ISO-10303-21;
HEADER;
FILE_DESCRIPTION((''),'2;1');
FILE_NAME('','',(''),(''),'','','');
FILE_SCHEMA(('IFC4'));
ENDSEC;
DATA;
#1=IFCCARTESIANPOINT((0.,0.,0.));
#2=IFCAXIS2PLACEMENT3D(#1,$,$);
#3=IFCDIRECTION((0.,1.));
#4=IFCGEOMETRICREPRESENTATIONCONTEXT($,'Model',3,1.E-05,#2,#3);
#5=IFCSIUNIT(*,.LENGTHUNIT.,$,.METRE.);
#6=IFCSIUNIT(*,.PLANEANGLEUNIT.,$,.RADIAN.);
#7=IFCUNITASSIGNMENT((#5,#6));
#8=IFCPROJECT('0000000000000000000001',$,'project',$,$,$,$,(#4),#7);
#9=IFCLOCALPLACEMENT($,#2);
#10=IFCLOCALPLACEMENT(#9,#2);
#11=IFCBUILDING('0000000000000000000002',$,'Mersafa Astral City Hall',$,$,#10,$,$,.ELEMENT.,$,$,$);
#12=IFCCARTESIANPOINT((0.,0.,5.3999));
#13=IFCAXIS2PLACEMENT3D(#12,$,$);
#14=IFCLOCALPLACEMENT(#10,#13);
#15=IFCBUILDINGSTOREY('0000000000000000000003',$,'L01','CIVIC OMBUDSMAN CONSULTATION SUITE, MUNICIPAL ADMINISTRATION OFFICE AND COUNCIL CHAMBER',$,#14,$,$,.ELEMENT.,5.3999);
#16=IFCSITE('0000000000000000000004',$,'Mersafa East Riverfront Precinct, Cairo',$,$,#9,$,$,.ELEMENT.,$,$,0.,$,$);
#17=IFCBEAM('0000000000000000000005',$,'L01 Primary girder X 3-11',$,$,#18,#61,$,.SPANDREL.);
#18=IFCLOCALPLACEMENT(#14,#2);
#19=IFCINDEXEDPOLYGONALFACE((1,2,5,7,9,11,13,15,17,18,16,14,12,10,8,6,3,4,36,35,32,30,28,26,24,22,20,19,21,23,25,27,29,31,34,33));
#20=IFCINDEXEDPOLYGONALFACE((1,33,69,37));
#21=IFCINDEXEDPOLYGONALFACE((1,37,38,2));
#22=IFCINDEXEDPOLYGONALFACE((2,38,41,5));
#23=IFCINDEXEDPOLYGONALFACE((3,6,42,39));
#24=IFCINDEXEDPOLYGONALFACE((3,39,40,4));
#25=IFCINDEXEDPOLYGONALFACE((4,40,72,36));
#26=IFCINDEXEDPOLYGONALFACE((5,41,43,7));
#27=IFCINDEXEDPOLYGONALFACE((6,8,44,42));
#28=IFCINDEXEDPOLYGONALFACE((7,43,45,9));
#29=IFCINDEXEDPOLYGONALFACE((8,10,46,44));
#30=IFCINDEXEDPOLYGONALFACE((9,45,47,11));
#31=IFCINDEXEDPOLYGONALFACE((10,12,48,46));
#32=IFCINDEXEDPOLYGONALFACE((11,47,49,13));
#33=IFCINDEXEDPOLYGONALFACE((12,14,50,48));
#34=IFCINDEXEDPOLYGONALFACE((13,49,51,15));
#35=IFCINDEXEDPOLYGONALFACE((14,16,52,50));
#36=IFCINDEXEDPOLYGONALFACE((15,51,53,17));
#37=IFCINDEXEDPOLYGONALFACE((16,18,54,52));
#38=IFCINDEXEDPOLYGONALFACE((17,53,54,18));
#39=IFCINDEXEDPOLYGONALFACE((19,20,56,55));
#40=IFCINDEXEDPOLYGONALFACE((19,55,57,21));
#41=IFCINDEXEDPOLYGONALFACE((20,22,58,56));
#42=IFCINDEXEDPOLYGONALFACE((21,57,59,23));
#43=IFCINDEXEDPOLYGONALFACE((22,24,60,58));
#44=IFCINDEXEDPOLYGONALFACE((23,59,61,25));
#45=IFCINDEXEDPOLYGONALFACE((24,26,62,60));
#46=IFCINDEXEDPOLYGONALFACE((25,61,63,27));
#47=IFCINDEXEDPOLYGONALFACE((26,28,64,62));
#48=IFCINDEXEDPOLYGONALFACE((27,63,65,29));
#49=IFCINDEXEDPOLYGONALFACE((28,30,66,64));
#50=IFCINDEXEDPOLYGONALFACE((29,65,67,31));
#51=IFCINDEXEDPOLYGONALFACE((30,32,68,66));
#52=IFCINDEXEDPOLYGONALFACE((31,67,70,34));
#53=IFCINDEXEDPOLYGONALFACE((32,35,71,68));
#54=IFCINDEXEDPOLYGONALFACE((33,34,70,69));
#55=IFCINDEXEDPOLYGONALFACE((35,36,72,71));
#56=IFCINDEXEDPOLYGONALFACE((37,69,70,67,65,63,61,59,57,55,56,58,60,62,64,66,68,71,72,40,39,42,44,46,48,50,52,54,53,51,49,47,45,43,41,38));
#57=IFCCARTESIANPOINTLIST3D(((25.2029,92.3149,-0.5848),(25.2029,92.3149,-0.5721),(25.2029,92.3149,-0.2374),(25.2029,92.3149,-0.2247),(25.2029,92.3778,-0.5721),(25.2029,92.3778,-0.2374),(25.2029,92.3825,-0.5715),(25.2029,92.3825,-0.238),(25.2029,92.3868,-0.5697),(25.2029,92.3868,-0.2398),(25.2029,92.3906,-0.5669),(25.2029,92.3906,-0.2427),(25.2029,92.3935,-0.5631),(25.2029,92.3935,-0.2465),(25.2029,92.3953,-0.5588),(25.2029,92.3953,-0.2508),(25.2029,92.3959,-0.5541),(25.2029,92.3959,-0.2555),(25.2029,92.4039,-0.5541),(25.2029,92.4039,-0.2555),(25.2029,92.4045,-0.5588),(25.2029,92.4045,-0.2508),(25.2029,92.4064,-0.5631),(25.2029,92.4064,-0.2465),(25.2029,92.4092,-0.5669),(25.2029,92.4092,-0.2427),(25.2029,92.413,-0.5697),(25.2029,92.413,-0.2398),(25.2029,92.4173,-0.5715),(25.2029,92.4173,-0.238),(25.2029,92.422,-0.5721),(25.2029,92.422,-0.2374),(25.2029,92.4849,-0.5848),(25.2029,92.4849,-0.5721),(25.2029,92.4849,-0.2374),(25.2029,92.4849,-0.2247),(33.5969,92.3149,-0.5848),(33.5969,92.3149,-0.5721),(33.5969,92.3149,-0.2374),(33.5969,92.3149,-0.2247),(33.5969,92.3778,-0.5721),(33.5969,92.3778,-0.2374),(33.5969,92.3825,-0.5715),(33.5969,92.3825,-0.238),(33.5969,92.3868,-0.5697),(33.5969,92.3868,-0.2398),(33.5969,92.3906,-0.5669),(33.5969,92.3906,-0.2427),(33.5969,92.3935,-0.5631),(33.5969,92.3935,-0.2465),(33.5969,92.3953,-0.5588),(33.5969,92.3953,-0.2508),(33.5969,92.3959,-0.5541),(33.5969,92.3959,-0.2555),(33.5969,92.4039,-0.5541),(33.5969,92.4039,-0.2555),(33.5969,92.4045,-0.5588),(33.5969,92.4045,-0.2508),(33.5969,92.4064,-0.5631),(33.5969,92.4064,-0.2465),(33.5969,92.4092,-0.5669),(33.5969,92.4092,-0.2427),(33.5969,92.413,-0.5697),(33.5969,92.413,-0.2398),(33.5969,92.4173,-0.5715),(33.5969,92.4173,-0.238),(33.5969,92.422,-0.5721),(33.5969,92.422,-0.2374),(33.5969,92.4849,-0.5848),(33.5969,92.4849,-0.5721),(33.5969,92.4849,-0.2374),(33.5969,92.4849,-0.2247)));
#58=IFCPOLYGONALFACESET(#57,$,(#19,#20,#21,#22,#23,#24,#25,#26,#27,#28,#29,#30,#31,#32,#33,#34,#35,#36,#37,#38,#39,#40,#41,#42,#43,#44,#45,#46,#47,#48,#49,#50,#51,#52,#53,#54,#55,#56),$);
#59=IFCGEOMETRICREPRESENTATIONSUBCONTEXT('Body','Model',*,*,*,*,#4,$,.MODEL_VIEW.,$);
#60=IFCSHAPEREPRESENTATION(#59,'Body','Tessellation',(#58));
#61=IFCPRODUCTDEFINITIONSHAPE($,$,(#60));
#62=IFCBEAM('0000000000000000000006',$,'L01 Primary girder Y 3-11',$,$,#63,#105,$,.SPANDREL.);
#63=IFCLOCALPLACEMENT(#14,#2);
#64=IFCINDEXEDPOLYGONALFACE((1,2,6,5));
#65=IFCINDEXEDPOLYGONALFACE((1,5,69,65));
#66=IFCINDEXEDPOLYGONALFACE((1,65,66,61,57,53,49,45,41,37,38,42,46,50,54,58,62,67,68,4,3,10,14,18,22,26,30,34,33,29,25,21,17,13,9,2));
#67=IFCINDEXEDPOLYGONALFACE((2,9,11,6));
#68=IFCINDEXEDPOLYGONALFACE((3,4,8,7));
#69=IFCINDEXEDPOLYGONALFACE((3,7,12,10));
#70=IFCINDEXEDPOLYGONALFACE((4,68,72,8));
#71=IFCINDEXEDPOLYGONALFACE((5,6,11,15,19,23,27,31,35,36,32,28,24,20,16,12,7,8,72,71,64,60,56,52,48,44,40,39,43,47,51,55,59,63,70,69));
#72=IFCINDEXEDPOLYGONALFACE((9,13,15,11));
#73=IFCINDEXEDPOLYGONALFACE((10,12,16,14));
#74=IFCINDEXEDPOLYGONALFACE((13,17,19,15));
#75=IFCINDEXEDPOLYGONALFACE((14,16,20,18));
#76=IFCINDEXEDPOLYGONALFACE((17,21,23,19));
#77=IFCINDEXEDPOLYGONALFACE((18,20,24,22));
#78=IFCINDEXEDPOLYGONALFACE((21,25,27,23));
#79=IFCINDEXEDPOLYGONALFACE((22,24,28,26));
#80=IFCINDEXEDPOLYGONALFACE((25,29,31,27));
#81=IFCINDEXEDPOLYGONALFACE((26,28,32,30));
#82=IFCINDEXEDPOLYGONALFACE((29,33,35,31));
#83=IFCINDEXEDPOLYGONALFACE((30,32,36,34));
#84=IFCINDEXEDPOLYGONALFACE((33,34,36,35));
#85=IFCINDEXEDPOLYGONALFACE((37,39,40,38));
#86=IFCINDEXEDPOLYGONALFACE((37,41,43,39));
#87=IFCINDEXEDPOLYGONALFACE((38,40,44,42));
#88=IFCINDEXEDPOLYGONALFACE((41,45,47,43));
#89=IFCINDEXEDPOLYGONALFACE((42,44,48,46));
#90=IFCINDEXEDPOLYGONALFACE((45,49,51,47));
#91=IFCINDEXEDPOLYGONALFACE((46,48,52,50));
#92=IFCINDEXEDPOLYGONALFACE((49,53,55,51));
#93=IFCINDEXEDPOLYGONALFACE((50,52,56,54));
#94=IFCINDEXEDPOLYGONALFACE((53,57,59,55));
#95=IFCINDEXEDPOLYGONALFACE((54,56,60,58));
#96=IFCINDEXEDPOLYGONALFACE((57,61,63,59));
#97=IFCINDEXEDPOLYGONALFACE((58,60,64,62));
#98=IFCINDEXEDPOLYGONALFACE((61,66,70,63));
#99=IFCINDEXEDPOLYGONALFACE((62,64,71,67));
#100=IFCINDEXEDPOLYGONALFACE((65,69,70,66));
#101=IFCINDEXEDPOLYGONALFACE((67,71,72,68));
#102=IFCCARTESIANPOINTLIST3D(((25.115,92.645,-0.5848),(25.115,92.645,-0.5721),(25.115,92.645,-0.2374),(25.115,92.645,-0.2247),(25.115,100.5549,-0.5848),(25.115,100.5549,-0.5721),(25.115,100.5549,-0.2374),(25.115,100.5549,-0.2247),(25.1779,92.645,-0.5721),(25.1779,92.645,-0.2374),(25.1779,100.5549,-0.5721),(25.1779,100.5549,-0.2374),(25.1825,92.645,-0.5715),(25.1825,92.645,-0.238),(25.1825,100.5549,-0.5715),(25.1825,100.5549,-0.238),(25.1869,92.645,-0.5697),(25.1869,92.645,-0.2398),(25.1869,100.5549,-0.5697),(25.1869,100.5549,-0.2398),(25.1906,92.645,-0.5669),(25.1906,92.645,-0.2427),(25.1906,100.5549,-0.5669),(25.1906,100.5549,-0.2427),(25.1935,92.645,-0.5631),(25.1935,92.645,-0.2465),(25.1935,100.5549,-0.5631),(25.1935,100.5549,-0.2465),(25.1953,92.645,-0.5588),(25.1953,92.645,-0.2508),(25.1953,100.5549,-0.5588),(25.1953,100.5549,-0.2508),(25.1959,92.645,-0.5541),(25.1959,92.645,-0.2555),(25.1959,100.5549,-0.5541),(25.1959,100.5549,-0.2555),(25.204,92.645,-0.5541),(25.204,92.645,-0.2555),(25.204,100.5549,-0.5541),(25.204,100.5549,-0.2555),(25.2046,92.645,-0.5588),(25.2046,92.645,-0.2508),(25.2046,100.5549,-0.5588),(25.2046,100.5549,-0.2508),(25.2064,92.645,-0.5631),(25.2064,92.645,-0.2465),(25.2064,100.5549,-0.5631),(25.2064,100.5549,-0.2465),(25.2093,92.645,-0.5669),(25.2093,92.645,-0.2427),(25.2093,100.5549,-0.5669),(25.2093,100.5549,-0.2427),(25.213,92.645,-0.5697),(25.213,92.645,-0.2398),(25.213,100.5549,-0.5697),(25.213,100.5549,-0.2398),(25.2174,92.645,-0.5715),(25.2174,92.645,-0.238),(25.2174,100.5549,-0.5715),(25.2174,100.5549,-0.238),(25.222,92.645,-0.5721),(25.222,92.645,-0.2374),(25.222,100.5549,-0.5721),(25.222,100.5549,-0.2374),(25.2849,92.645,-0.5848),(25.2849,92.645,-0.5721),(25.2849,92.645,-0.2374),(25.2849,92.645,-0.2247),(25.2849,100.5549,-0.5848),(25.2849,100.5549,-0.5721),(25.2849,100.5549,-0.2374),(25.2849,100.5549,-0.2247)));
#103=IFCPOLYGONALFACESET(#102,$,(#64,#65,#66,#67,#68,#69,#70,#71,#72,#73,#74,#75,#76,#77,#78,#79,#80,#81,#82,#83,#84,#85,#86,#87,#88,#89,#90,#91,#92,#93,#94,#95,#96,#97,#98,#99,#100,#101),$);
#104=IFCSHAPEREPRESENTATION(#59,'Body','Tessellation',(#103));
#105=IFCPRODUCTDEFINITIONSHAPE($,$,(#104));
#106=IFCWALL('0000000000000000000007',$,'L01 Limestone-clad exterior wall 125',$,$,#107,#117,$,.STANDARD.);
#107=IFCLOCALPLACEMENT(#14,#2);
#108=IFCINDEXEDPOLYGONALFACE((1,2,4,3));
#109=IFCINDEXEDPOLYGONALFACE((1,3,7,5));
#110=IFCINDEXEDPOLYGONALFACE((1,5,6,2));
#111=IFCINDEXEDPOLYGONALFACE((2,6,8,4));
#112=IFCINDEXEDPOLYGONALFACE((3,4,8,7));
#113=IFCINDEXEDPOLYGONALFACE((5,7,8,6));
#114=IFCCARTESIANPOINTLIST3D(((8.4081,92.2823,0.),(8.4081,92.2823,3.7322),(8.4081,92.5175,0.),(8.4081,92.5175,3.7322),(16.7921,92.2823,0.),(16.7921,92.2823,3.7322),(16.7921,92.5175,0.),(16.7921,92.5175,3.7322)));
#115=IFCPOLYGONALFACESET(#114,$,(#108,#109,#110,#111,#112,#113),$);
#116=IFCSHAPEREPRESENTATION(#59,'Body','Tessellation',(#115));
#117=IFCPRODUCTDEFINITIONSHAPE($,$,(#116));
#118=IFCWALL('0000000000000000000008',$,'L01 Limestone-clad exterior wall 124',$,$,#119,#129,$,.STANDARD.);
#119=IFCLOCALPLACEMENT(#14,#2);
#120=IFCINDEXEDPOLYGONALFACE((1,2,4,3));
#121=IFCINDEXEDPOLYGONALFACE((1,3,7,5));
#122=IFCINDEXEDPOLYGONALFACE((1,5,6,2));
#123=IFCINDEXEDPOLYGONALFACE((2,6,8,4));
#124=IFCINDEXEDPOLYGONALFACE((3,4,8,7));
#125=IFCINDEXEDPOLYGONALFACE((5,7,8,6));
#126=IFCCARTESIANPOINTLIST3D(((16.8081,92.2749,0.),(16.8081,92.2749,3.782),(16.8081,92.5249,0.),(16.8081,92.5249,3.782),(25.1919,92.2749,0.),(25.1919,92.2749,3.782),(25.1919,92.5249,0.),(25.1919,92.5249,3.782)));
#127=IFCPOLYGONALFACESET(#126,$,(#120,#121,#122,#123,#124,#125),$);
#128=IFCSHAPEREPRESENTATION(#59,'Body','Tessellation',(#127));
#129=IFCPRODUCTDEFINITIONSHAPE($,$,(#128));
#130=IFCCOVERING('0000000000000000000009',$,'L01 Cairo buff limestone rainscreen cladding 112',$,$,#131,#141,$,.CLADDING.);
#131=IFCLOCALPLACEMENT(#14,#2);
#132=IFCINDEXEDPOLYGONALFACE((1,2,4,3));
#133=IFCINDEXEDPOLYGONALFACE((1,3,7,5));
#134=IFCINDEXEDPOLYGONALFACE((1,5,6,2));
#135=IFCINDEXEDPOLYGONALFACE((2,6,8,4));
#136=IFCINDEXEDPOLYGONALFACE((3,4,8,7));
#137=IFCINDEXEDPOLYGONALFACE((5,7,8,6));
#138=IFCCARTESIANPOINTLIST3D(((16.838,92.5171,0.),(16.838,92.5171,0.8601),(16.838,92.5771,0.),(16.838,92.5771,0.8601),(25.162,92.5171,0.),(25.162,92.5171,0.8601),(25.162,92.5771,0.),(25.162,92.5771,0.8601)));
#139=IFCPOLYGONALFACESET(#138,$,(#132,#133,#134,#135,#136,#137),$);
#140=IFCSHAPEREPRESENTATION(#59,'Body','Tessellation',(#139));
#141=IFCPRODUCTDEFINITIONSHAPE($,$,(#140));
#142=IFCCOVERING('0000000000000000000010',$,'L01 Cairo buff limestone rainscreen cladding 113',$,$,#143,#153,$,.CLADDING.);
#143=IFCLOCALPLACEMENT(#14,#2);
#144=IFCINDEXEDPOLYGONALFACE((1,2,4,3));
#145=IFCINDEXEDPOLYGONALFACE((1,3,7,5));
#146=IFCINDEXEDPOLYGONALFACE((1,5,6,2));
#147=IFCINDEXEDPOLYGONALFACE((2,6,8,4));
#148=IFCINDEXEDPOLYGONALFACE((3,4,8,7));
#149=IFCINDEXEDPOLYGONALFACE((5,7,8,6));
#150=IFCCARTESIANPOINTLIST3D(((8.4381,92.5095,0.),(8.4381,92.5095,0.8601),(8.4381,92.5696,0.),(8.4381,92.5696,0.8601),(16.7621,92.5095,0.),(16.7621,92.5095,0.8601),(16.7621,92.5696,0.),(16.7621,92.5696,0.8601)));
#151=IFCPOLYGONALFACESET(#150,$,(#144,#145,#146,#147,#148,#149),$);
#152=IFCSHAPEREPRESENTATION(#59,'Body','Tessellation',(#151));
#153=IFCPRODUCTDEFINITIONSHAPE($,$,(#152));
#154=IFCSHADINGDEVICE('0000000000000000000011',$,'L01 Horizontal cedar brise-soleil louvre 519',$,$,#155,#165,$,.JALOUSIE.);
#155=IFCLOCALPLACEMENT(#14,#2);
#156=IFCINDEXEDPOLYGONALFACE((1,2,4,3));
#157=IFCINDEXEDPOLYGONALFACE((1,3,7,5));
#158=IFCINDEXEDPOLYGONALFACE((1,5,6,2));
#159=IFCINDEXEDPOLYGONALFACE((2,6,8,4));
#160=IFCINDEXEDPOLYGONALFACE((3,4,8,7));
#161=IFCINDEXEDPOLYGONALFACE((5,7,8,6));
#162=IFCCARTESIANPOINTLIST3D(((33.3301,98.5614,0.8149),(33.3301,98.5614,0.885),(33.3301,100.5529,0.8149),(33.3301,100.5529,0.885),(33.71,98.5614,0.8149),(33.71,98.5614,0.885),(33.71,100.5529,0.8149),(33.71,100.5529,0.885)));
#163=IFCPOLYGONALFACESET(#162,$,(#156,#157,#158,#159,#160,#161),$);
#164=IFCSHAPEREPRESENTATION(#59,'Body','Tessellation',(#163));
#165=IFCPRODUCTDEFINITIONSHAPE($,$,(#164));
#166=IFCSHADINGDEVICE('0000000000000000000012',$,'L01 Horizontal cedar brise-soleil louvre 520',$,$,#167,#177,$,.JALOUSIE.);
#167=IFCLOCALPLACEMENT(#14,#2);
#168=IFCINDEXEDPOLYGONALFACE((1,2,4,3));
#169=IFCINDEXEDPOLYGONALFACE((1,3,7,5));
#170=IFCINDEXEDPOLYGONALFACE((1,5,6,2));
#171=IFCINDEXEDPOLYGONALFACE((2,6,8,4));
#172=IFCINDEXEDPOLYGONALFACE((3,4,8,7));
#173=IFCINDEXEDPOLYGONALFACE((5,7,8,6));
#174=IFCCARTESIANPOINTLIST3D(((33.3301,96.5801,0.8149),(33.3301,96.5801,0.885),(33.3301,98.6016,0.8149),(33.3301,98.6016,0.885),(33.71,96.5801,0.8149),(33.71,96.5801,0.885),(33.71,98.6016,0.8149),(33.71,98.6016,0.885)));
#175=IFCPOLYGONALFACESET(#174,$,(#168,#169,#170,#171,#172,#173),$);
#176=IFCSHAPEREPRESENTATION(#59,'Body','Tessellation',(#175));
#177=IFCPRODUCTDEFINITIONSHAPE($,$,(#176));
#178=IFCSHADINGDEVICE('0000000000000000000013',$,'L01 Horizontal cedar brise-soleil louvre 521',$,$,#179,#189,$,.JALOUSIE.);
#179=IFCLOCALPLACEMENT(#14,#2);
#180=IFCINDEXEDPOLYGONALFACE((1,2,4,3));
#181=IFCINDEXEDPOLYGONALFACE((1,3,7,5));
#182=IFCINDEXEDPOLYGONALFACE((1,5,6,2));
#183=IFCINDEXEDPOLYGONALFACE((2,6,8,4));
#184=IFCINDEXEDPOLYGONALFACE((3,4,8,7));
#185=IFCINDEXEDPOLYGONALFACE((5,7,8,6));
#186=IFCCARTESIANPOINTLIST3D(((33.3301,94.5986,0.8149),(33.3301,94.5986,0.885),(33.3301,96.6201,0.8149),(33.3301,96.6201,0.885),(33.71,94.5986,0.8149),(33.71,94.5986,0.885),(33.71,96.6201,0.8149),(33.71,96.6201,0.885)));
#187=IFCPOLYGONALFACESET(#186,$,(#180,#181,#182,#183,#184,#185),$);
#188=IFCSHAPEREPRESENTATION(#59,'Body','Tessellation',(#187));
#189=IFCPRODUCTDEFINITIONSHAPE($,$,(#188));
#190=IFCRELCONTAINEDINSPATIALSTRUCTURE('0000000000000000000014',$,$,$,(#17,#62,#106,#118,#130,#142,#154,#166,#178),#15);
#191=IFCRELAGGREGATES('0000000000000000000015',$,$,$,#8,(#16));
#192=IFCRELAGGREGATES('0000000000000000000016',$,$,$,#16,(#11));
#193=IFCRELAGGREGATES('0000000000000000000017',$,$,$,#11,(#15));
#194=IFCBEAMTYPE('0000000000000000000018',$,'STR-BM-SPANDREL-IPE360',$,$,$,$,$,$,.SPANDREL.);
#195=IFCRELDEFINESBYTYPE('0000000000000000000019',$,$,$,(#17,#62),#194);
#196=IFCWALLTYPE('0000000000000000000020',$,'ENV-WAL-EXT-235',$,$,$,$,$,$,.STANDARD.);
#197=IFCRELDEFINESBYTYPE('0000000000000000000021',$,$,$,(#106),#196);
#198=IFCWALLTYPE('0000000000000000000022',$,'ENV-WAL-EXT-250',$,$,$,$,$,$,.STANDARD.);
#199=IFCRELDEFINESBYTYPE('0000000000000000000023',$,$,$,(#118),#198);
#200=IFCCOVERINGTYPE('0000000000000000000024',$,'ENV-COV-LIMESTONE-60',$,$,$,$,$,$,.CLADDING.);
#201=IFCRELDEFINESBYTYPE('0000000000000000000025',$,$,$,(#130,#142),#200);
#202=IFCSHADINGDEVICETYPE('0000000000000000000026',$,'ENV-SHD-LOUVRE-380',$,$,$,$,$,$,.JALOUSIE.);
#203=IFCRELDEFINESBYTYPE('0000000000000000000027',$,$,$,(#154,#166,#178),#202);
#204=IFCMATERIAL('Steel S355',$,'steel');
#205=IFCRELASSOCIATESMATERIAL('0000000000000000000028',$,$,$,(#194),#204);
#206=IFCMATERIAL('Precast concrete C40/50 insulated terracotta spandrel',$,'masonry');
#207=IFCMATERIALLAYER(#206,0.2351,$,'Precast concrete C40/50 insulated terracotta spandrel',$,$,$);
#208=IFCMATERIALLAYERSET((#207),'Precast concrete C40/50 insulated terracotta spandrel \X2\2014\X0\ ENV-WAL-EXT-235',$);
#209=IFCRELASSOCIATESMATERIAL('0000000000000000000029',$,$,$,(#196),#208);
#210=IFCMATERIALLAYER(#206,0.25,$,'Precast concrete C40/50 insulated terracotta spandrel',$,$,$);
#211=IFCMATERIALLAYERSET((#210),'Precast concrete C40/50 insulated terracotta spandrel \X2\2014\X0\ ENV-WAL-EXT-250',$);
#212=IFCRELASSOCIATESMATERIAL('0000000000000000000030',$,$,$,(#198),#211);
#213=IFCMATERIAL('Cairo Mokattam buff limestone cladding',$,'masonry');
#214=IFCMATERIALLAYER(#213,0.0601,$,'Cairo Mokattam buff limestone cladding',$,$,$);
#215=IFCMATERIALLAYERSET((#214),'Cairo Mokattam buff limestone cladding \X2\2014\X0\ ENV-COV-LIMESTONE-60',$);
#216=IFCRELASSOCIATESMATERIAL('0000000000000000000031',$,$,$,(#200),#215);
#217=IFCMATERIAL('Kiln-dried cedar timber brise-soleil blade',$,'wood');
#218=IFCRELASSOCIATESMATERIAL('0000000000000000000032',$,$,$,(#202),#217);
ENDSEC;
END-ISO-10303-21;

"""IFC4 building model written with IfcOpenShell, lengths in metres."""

from ifc_helpers import new_model, si_unit, direction, frame, frame_2d, origin, origin_2d, place, context, subcontext, project, spatial, rectangle, i_section, extrude, material, layer, layer_set, material_profile, profile_set, type_object, element, save


model = new_model("IFC4")

# Units and contexts
model_context = context("Model", 3, precision=1e-05, world=origin(), true_north=direction((0.0, 1.0)))
body_context = subcontext(model_context, "Body", "Model", "MODEL_VIEW")
ifc_project = project(units=[si_unit("LENGTHUNIT", "METRE"), si_unit("PLANEANGLEUNIT", "RADIAN")], contexts=[model_context])

# Site, building, storey
site_placement = place(None, origin())
site = spatial("IfcSite", under=ifc_project, at=site_placement, Name="Mersafa East Riverfront Precinct, Cairo", CompositionType="ELEMENT", RefElevation=0.0)
building_placement = place(site_placement, origin())
building = spatial("IfcBuilding", under=site, at=building_placement, Name="Mersafa Astral City Hall", CompositionType="ELEMENT")
storey_placement = place(building_placement, frame((0.0, 0.0, 5.3999)))
storey = spatial("IfcBuildingStorey", under=building, at=storey_placement, Name="L01", Description="CIVIC OMBUDSMAN CONSULTATION SUITE, MUNICIPAL ADMINISTRATION OFFICE AND COUNCIL CHAMBER", CompositionType="ELEMENT", Elevation=5.3999)

# Shared definitions
ifc_material_1 = material(Name="Steel S355", Category="steel")

# Beams
ifc_material_profile_1 = material_profile(ifc_material_1, i_section(OverallWidth=0.1699, OverallDepth=0.3601, WebThickness=0.0081, FlangeThickness=0.0127, FilletRadius=0.0181, at=origin_2d()), Name="IPE 360")
ifc_profile_set_1 = profile_set([ifc_material_profile_1], Name="Steel S355")
beam_type_1 = type_object("IfcBeamType", Name="STR-BM-SPANDREL-IPE360", PredefinedType="SPANDREL", material=ifc_profile_set_1)
for number, where, z_axis, x_axis, name in (
    (1, (25.2029, 92.3999, -0.4048), (1.0, 0.0, 0.0), (0.0, 1.0, 0.0), "L01 Primary girder X 3-11"),
):
    element("IfcBeam", number, at=place(storey_placement, frame(where, z_axis=z_axis, x_axis=x_axis)), inside=storey, type_object=beam_type_1, Name=name, PredefinedType="SPANDREL", context=body_context, shape_type="SweptSolid", body=[
        extrude(i_section(OverallWidth=0.1699, OverallDepth=0.3601, WebThickness=0.0081, FlangeThickness=0.0127, FilletRadius=0.0181, at=origin_2d()), origin(), (0.0, 0.0, 1.0), 8.394),
    ])
beam_1_placement = place(storey_placement, frame((25.2, 92.645, -0.4048), z_axis=(0.0, 1.0, 0.0), x_axis=(-1.0, 0.0, 0.0)))
element("IfcBeam", 2, at=beam_1_placement, inside=storey, type_object=beam_type_1, Name="L01 Primary girder Y 3-11", PredefinedType="SPANDREL", context=body_context, shape_type="SweptSolid", body=[
    extrude(i_section(OverallWidth=0.1699, OverallDepth=0.3601, WebThickness=0.0081, FlangeThickness=0.0127, FilletRadius=0.0181, at=origin_2d()), origin(), (0.0, 0.0, 1.0), 7.9099),
])

# Walls
ifc_material_2 = material(Name="Precast concrete C40/50 insulated terracotta spandrel", Category="masonry")
ifc_layer_1 = layer(ifc_material_2, 0.2351, Name="Precast concrete C40/50 insulated terracotta spandrel")
ifc_layer_set_1 = layer_set([ifc_layer_1], Name="Precast concrete C40/50 insulated terracotta spandrel — ENV-WAL-EXT-235")
wall_type_1 = type_object("IfcWallType", Name="ENV-WAL-EXT-235", PredefinedType="STANDARD", material=ifc_layer_set_1)
wall_1_placement = place(storey_placement, frame((16.792, 92.3999, 0.0), z_axis=(0.0, 0.0, 1.0), x_axis=(-1.0, 0.0, 0.0)))
element("IfcWall", 3, at=wall_1_placement, inside=storey, type_object=wall_type_1, Name="L01 Limestone-clad exterior wall 125", PredefinedType="STANDARD", context=body_context, shape_type="SweptSolid", body=[
    extrude(rectangle(XDim=8.384, YDim=0.2351, at=frame_2d((4.1919, 0.0))), origin(), (0.0, 0.0, 1.0), 3.7322),
])
ifc_layer_2 = layer(ifc_material_2, 0.25, Name="Precast concrete C40/50 insulated terracotta spandrel")
ifc_layer_set_2 = layer_set([ifc_layer_2], Name="Precast concrete C40/50 insulated terracotta spandrel — ENV-WAL-EXT-250")
wall_type_2 = type_object("IfcWallType", Name="ENV-WAL-EXT-250", PredefinedType="STANDARD", material=ifc_layer_set_2)
wall_2_placement = place(storey_placement, frame((25.1919, 92.3999, 0.0), z_axis=(0.0, 0.0, 1.0), x_axis=(-1.0, 0.0, 0.0)))
element("IfcWall", 4, at=wall_2_placement, inside=storey, type_object=wall_type_2, Name="L01 Limestone-clad exterior wall 124", PredefinedType="STANDARD", context=body_context, shape_type="SweptSolid", body=[
    extrude(rectangle(XDim=8.3838, YDim=0.25, at=frame_2d((4.1919, 0.0))), origin(), (0.0, 0.0, 1.0), 3.782),
])

# Coverings
ifc_material_3 = material(Name="Cairo Mokattam buff limestone cladding", Category="masonry")
ifc_layer_3 = layer(ifc_material_3, 0.0601, Name="Cairo Mokattam buff limestone cladding")
ifc_layer_set_3 = layer_set([ifc_layer_3], Name="Cairo Mokattam buff limestone cladding — ENV-COV-LIMESTONE-60")
covering_type = type_object("IfcCoveringType", Name="ENV-COV-LIMESTONE-60", PredefinedType="CLADDING", material=ifc_layer_set_3)
for number, where, z_axis, x_axis, name in (
    (5, (21.0, 92.5471, 0.0), (0.0, 0.0, 1.0), (-1.0, 0.0, 0.0), "L01 Cairo buff limestone rainscreen cladding 112"),
    (6, (12.6001, 92.5396, 0.0), (0.0, 0.0, 1.0), (-1.0, 0.0, 0.0), "L01 Cairo buff limestone rainscreen cladding 113"),
):
    element("IfcCovering", number, at=place(storey_placement, frame(where, z_axis=z_axis, x_axis=x_axis)), inside=storey, type_object=covering_type, Name=name, PredefinedType="CLADDING", context=body_context, shape_type="SweptSolid", body=[
        extrude(rectangle(XDim=8.324, YDim=0.0601, at=origin_2d()), origin(), (0.0, 0.0, 1.0), 0.8601),
    ])

# Shading devices
ifc_material_4 = material(Name="Kiln-dried cedar timber brise-soleil blade", Category="wood")
shading_device_type = type_object("IfcShadingDeviceType", Name="ENV-SHD-LOUVRE-380", PredefinedType="JALOUSIE", material=ifc_material_4)
shading_device_1_placement = place(storey_placement, frame((33.52, 99.5571, 0.8149), z_axis=(0.0, 0.0, 1.0), x_axis=(0.0, -1.0, 0.0)))
element("IfcShadingDevice", 7, at=shading_device_1_placement, inside=storey, type_object=shading_device_type, Name="L01 Horizontal cedar brise-soleil louvre 519", PredefinedType="JALOUSIE", context=body_context, shape_type="SweptSolid", body=[
    extrude(rectangle(XDim=1.9915, YDim=0.3799, at=origin_2d()), origin(), (0.0, 0.0, 1.0), 0.0701),
])
for number, where, z_axis, x_axis, name in (
    (8, (33.52, 97.5908, 0.8149), (0.0, 0.0, 1.0), (0.0, -1.0, 0.0), "L01 Horizontal cedar brise-soleil louvre 520"),
    (9, (33.52, 95.6094, 0.8149), (0.0, 0.0, 1.0), (0.0, -1.0, 0.0), "L01 Horizontal cedar brise-soleil louvre 521"),
):
    element("IfcShadingDevice", number, at=place(storey_placement, frame(where, z_axis=z_axis, x_axis=x_axis)), inside=storey, type_object=shading_device_type, Name=name, PredefinedType="JALOUSIE", context=body_context, shape_type="SweptSolid", body=[
        extrude(rectangle(XDim=2.0215, YDim=0.3799, at=origin_2d()), origin(), (0.0, 0.0, 1.0), 0.0701),
    ])

save(model, "model.ifc")
